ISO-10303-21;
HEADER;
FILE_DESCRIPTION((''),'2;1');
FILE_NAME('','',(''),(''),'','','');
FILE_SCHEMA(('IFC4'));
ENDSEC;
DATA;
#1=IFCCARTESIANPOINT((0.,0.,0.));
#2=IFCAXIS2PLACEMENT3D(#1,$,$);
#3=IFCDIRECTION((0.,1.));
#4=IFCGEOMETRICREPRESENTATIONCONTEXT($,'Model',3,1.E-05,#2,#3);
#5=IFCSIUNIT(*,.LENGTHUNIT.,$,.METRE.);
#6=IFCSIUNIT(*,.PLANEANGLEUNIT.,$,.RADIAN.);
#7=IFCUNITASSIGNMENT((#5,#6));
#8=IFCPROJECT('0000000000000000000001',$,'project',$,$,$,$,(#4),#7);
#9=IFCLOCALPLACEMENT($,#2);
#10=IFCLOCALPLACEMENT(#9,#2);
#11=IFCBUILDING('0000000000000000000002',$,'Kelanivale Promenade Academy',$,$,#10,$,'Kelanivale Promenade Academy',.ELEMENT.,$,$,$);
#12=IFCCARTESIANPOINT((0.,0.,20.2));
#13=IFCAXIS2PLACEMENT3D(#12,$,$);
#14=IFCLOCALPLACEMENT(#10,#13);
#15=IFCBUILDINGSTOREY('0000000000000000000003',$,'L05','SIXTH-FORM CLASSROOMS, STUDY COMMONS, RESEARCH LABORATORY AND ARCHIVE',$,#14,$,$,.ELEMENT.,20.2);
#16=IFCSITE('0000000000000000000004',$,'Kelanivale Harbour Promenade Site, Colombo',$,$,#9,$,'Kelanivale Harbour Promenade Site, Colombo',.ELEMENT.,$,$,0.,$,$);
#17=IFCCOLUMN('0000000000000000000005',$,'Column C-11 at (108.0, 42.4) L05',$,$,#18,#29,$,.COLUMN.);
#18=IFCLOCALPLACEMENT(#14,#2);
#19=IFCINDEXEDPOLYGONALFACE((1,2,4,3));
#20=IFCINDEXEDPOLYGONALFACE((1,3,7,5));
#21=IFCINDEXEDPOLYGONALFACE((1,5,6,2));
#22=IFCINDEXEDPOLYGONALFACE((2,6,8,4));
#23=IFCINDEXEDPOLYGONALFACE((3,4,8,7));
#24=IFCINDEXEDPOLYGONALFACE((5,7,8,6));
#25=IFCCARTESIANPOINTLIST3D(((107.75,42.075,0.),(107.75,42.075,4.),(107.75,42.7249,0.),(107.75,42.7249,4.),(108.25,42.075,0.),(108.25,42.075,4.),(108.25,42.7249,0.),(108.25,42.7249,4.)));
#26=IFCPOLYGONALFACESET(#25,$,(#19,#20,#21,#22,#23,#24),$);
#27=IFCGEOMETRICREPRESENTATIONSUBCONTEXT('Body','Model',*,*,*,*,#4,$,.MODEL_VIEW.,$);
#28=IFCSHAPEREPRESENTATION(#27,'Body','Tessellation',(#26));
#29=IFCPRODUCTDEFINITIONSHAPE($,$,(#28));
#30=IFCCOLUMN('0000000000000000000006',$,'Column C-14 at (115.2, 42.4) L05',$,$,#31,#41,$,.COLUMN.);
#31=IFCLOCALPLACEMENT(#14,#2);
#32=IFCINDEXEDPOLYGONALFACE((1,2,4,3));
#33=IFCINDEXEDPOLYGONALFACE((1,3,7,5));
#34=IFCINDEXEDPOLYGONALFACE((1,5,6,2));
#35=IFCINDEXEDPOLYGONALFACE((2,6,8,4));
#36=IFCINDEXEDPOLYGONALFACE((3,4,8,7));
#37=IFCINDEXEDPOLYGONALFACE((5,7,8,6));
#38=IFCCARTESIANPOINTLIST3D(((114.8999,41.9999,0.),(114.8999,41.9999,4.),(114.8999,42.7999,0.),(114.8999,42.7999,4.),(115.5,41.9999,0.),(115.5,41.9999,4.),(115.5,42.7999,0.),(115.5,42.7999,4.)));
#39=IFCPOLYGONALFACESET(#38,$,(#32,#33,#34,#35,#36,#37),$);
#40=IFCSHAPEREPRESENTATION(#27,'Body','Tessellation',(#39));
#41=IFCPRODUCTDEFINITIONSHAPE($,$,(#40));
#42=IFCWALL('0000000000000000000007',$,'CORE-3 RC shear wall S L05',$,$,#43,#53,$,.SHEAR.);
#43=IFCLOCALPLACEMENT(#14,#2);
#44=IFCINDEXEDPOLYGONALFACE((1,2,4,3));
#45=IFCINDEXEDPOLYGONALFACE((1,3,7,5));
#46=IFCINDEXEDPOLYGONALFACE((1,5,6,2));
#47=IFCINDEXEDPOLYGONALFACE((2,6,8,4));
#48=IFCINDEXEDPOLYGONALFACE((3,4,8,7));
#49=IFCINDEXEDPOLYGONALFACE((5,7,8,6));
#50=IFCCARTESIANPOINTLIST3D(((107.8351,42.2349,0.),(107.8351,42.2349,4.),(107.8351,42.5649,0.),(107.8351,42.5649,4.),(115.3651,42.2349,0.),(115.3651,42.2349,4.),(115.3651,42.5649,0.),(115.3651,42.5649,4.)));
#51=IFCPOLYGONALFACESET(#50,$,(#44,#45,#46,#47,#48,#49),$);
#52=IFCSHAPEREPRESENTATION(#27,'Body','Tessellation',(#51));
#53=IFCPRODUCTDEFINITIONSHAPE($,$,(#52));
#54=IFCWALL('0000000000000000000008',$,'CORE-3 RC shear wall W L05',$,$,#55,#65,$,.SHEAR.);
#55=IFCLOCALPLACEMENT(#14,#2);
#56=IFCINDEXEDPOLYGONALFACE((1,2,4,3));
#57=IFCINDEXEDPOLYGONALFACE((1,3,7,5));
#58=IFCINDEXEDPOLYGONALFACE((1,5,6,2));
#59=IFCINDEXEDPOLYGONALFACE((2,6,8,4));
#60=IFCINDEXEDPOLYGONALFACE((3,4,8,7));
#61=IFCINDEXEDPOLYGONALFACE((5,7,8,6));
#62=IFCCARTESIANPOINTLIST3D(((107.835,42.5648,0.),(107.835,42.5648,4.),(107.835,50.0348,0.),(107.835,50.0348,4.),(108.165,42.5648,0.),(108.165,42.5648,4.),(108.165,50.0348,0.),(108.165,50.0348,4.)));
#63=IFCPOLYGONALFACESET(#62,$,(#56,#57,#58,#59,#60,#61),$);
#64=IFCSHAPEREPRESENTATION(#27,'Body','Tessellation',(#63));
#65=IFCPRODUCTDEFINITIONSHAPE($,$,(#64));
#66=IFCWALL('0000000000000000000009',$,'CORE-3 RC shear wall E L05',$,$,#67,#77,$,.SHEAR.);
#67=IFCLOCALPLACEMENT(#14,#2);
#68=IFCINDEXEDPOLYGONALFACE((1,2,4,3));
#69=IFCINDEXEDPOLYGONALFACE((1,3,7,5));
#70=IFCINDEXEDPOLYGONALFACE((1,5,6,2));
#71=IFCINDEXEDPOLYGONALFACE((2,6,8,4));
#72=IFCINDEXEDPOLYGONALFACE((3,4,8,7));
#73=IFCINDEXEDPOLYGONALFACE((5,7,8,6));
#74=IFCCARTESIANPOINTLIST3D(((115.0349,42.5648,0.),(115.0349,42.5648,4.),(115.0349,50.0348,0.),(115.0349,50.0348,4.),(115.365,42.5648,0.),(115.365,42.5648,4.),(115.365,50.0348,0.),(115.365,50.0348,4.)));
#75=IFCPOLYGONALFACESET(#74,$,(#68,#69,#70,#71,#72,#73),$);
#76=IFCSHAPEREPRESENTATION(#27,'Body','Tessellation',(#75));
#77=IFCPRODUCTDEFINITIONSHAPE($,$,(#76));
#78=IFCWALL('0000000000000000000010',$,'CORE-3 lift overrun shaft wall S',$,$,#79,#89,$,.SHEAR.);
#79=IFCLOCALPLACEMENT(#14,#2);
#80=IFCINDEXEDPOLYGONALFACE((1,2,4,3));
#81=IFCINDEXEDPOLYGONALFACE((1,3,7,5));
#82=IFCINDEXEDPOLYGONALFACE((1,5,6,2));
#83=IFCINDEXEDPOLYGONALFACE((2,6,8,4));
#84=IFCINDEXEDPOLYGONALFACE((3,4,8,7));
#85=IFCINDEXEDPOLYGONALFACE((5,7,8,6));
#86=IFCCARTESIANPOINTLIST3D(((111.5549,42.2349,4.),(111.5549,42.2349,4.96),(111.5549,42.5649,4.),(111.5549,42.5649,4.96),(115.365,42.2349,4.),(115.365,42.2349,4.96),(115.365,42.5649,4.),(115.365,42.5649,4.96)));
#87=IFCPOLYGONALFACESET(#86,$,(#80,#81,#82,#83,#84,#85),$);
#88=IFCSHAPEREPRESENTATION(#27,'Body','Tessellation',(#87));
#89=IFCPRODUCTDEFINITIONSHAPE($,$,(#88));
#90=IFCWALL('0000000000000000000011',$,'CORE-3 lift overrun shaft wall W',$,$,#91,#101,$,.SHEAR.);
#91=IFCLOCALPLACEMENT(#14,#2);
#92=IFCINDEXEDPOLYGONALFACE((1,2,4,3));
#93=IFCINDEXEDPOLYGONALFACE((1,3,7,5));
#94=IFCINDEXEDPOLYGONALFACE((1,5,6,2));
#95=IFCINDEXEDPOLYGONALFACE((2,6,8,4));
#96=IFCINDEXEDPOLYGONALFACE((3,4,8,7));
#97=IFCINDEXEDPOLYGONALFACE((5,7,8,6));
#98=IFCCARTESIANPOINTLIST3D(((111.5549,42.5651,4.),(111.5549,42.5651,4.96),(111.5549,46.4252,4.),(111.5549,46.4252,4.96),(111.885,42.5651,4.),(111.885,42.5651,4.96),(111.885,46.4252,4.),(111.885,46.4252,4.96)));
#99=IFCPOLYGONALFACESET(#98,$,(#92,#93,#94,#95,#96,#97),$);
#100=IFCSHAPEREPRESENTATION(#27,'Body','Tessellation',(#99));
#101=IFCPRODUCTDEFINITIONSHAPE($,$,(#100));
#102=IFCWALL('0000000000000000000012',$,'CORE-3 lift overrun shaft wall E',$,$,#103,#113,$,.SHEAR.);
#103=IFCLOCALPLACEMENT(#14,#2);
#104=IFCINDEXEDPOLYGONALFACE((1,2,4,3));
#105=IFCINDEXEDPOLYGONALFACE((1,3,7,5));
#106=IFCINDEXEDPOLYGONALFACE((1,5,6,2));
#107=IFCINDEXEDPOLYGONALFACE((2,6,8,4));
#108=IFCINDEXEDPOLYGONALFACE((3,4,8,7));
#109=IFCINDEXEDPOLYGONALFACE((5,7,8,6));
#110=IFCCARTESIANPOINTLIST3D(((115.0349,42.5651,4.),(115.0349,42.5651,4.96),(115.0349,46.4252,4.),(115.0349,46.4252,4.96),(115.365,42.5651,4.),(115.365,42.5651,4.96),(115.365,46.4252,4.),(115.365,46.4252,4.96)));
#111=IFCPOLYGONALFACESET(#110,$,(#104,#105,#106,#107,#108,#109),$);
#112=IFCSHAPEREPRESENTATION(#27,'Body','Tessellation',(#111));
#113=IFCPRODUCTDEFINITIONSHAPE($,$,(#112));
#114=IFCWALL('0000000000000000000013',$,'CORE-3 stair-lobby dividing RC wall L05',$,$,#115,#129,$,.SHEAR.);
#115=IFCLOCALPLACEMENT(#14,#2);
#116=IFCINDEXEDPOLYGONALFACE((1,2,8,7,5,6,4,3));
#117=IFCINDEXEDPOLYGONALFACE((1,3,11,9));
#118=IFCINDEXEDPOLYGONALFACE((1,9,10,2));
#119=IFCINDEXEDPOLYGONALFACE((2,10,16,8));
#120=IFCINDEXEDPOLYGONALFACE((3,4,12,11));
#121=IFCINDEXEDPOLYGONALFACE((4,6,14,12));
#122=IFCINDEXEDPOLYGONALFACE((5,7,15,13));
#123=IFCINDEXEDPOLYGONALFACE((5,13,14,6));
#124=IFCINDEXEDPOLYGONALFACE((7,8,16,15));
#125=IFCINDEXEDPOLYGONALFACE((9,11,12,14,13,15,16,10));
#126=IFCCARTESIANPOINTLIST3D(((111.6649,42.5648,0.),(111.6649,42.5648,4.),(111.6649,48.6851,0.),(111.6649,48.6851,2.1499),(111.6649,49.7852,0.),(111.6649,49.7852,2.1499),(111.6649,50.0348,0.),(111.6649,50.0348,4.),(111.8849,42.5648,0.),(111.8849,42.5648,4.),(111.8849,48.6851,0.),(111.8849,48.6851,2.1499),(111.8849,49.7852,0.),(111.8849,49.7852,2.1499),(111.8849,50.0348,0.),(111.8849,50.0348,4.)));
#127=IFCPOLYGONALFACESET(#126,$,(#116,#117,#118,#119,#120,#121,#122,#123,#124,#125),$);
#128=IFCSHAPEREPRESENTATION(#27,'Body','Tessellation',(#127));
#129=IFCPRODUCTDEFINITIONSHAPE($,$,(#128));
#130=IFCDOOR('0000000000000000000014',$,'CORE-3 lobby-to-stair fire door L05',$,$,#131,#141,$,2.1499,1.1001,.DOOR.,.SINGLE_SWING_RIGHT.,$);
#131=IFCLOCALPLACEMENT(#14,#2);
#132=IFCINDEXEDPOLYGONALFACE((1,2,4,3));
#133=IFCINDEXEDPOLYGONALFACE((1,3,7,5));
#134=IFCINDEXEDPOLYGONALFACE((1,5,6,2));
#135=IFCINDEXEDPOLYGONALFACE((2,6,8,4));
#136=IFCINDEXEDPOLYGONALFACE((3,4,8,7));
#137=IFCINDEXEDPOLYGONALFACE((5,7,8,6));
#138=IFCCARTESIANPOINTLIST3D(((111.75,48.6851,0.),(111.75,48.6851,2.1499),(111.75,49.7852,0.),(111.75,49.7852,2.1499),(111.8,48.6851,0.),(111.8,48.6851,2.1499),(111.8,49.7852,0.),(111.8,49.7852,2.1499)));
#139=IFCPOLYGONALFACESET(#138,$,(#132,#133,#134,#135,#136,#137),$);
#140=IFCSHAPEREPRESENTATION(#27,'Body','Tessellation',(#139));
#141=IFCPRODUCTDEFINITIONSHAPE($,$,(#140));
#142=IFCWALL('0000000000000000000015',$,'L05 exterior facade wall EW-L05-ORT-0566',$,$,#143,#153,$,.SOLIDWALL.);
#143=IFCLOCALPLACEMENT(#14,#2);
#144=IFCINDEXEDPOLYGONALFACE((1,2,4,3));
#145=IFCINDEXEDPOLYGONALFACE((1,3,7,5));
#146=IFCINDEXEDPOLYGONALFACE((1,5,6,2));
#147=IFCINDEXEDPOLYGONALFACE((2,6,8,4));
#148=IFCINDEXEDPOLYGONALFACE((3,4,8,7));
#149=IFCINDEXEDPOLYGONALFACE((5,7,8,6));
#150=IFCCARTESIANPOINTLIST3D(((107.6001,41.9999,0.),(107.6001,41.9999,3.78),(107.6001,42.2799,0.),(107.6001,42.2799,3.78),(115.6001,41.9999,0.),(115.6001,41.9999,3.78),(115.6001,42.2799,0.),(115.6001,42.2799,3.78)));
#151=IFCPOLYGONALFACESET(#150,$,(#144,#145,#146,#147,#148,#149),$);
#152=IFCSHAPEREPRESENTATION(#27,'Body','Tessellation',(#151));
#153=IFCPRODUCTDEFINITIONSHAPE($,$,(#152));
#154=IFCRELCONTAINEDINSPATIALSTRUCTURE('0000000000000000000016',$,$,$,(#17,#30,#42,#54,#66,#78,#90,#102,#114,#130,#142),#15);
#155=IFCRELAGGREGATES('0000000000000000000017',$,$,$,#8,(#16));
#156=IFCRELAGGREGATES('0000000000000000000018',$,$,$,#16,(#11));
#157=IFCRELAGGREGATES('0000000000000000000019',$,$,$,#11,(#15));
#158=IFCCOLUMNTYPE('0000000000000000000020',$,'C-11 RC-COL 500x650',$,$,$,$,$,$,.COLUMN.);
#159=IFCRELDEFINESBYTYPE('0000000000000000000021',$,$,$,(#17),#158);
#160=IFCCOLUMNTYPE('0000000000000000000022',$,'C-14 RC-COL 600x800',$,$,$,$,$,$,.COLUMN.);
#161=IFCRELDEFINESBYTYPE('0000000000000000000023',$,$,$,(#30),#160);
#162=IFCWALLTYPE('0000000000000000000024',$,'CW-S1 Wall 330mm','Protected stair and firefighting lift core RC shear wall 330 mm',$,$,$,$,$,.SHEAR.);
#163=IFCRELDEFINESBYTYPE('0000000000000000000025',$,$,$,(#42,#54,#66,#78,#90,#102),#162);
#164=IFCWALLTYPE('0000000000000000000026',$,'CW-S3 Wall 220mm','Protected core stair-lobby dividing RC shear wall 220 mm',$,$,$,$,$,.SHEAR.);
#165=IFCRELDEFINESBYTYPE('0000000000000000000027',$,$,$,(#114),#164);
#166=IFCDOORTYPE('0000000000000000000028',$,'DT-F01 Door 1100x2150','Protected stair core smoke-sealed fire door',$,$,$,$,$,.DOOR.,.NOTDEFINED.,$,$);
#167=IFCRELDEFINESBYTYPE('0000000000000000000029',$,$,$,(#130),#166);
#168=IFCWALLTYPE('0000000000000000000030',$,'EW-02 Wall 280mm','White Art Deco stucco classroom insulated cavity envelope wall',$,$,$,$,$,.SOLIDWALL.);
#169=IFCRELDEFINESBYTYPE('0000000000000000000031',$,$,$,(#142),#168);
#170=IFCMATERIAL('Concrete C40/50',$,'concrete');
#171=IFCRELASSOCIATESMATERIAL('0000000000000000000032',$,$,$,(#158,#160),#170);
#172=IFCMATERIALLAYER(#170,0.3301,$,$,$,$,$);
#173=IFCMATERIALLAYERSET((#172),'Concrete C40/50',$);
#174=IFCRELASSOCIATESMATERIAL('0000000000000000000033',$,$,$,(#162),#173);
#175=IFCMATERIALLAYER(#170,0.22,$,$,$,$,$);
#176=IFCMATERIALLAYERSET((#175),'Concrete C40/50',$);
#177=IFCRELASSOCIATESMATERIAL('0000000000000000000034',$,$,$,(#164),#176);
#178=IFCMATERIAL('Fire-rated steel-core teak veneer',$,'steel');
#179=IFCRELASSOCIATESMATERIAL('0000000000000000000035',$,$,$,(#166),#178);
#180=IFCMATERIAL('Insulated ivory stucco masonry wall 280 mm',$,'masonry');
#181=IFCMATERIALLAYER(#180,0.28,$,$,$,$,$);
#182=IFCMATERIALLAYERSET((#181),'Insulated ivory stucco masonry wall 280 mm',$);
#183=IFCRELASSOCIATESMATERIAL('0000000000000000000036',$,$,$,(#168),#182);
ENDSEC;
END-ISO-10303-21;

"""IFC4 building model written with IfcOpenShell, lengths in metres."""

from ifc_helpers import new_model, si_unit, direction, frame, frame_2d, origin, origin_2d, place, context, subcontext, project, spatial, rectangle, extrude, material, layer, layer_set, material_profile, profile_set, type_object, element, fill, save


model = new_model("IFC4")

# Units and contexts
model_context = context("Model", 3, precision=1e-05, world=origin(), true_north=direction((0.0, 1.0)))
body_context = subcontext(model_context, "Body", "Model", "MODEL_VIEW")
ifc_project = project(units=[si_unit("LENGTHUNIT", "METRE"), si_unit("PLANEANGLEUNIT", "RADIAN")], contexts=[model_context])

# Site, building, storey
site_placement = place(None, origin())
site = spatial("IfcSite", under=ifc_project, at=site_placement, Name="Kelanivale Harbour Promenade Site, Colombo", LongName="Kelanivale Harbour Promenade Site, Colombo", CompositionType="ELEMENT", RefElevation=0.0)
building_placement = place(site_placement, origin())
building = spatial("IfcBuilding", under=site, at=building_placement, Name="Kelanivale Promenade Academy", LongName="Kelanivale Promenade Academy", CompositionType="ELEMENT")
storey_placement = place(building_placement, frame((0.0, 0.0, 20.2)))
storey = spatial("IfcBuildingStorey", under=building, at=storey_placement, Name="L05", Description="SIXTH-FORM CLASSROOMS, STUDY COMMONS, RESEARCH LABORATORY AND ARCHIVE", CompositionType="ELEMENT", Elevation=20.2)

# Columns
ifc_material_1 = material(Name="Concrete C40/50", Category="concrete")
ifc_material_profile_1 = material_profile(ifc_material_1, rectangle(XDim=0.5, YDim=0.6499, at=origin_2d()), Name="RC-COL 500x650")
ifc_profile_set_1 = profile_set([ifc_material_profile_1], Name="Concrete C40/50")
column_type_1 = type_object("IfcColumnType", Name="C-11 RC-COL 500x650", PredefinedType="COLUMN", material=ifc_profile_set_1)
column_1_placement = place(storey_placement, frame((108.0, 42.3999, 0.0), z_axis=(0.0, 0.0, 1.0), x_axis=(1.0, 0.0, 0.0)))
element("IfcColumn", 1, at=column_1_placement, inside=storey, type_object=column_type_1, Name="Column C-11 at (108.0, 42.4) L05", PredefinedType="COLUMN", context=body_context, shape_type="SweptSolid", body=[
    extrude(rectangle(XDim=0.5, YDim=0.6499, at=origin_2d()), origin(), (0.0, 0.0, 1.0), 4.0),
])
ifc_material_profile_2 = material_profile(ifc_material_1, rectangle(XDim=0.6001, YDim=0.8, at=origin_2d()), Name="RC-COL 600x800")
ifc_profile_set_2 = profile_set([ifc_material_profile_2], Name="Concrete C40/50")
column_type_2 = type_object("IfcColumnType", Name="C-14 RC-COL 600x800", PredefinedType="COLUMN", material=ifc_profile_set_2)
column_2_placement = place(storey_placement, frame((115.2, 42.3999, 0.0), z_axis=(0.0, 0.0, 1.0), x_axis=(1.0, 0.0, 0.0)))
element("IfcColumn", 2, at=column_2_placement, inside=storey, type_object=column_type_2, Name="Column C-14 at (115.2, 42.4) L05", PredefinedType="COLUMN", context=body_context, shape_type="SweptSolid", body=[
    extrude(rectangle(XDim=0.6001, YDim=0.8, at=origin_2d()), origin(), (0.0, 0.0, 1.0), 4.0),
])

# Walls
ifc_layer_1 = layer(ifc_material_1, 0.3301)
ifc_layer_set_1 = layer_set([ifc_layer_1], Name="Concrete C40/50")
wall_type_1 = type_object("IfcWallType", Name="CW-S1 Wall 330mm", Description="Protected stair and firefighting lift core RC shear wall 330 mm", PredefinedType="SHEAR", material=ifc_layer_set_1)
wall_1_placement = place(storey_placement, frame((107.835, 42.3999, 0.0), z_axis=(0.0, 0.0, 1.0), x_axis=(1.0, 0.0, 0.0)))
element("IfcWall", 3, at=wall_1_placement, inside=storey, type_object=wall_type_1, Name="CORE-3 RC shear wall S L05", PredefinedType="SHEAR", context=body_context, shape_type="SweptSolid", body=[
    extrude(rectangle(XDim=7.53, YDim=0.3301, at=frame_2d((3.7651, 0.0))), origin(), (0.0, 0.0, 1.0), 4.0),
])
for number, where, z_axis, x_axis, name in (
    (4, (108.0, 42.5649, 0.0), (0.0, 0.0, 1.0), (0.0, 1.0, 0.0), "CORE-3 RC shear wall W L05"),
    (5, (115.2, 42.5649, 0.0), (0.0, 0.0, 1.0), (0.0, 1.0, 0.0), "CORE-3 RC shear wall E L05"),
):
    element("IfcWall", number, at=place(storey_placement, frame(where, z_axis=z_axis, x_axis=x_axis)), inside=storey, type_object=wall_type_1, Name=name, PredefinedType="SHEAR", context=body_context, shape_type="SweptSolid", body=[
        extrude(rectangle(XDim=7.47, YDim=0.3301, at=frame_2d((3.7349, 0.0))), origin(), (0.0, 0.0, 1.0), 4.0),
    ])
wall_2_placement = place(storey_placement, frame((111.5549, 42.3999, 4.0), z_axis=(0.0, 0.0, 1.0), x_axis=(1.0, 0.0, 0.0)))
element("IfcWall", 6, at=wall_2_placement, inside=storey, type_object=wall_type_1, Name="CORE-3 lift overrun shaft wall S", PredefinedType="SHEAR", context=body_context, shape_type="SweptSolid", body=[
    extrude(rectangle(XDim=3.8101, YDim=0.3301, at=frame_2d((1.905, 0.0))), origin(), (0.0, 0.0, 1.0), 0.96),
])
for number, where, z_axis, x_axis, name in (
    (7, (111.72, 42.5649, 4.0), (0.0, 0.0, 1.0), (0.0, 1.0, 0.0), "CORE-3 lift overrun shaft wall W"),
    (8, (115.2, 42.5649, 4.0), (0.0, 0.0, 1.0), (0.0, 1.0, 0.0), "CORE-3 lift overrun shaft wall E"),
):
    element("IfcWall", number, at=place(storey_placement, frame(where, z_axis=z_axis, x_axis=x_axis)), inside=storey, type_object=wall_type_1, Name=name, PredefinedType="SHEAR", context=body_context, shape_type="SweptSolid", body=[
        extrude(rectangle(XDim=3.8601, YDim=0.3301, at=frame_2d((1.9302, 0.0))), origin(), (0.0, 0.0, 1.0), 0.96),
    ])

# Wall, opening, door
ifc_material_2 = material(Name="Fire-rated steel-core teak veneer", Category="steel")
ifc_layer_2 = layer(ifc_material_1, 0.22)
ifc_layer_set_2 = layer_set([ifc_layer_2], Name="Concrete C40/50")
wall_type_2 = type_object("IfcWallType", Name="CW-S3 Wall 220mm", Description="Protected core stair-lobby dividing RC shear wall 220 mm", PredefinedType="SHEAR", material=ifc_layer_set_2)
wall_3_placement = place(storey_placement, frame((111.7749, 42.5649, 0.0), z_axis=(0.0, 0.0, 1.0), x_axis=(0.0, 1.0, 0.0)))
wall_3 = element("IfcWall", 9, at=wall_3_placement, inside=storey, type_object=wall_type_2, Name="CORE-3 stair-lobby dividing RC wall L05", PredefinedType="SHEAR", context=body_context, shape_type="SweptSolid", body=[
    extrude(rectangle(XDim=7.47, YDim=0.22, at=frame_2d((3.7349, 0.0))), origin(), (0.0, 0.0, 1.0), 4.0),
])
opening_1_placement = place(wall_3_placement, frame((6.1201, 0.0, 0.0)))
opening_1 = element("IfcOpeningElement", 10, at=opening_1_placement, cuts=wall_3, PredefinedType="OPENING", context=body_context, shape_type="SweptSolid", body=[
    extrude(rectangle(XDim=1.1001, YDim=2.1499, at=frame_2d((0.55, 1.075))), frame((0.0, 0.1201, 0.0), z_axis=(0.0, -1.0, 0.0), x_axis=(1.0, 0.0, 0.0)), (0.0, 0.0, 1.0), 0.24),
])
door_type_1 = type_object("IfcDoorType", Name="DT-F01 Door 1100x2150", Description="Protected stair core smoke-sealed fire door", OperationType="NOTDEFINED", PredefinedType="DOOR", material=ifc_material_2)
door_1_placement = place(opening_1_placement, origin())
door_1 = element("IfcDoor", 11, at=door_1_placement, inside=storey, type_object=door_type_1, Name="CORE-3 lobby-to-stair fire door L05", OperationType="SINGLE_SWING_RIGHT", OverallHeight=2.1499, OverallWidth=1.1001, PredefinedType="DOOR", context=body_context, shape_type="SweptSolid", body=[
    extrude(rectangle(XDim=1.1001, YDim=2.1499, at=frame_2d((0.55, 1.075))), frame((0.0, 0.0249, 0.0), z_axis=(0.0, -1.0, 0.0), x_axis=(1.0, 0.0, 0.0)), (0.0, 0.0, 1.0), 0.05),
])
fill(opening_1, door_1)

# Wall
ifc_material_3 = material(Name="Insulated ivory stucco masonry wall 280 mm", Category="masonry")
ifc_layer_3 = layer(ifc_material_3, 0.28)
ifc_layer_set_3 = layer_set([ifc_layer_3], Name="Insulated ivory stucco masonry wall 280 mm")
wall_type_3 = type_object("IfcWallType", Name="EW-02 Wall 280mm", Description="White Art Deco stucco classroom insulated cavity envelope wall", PredefinedType="SOLIDWALL", material=ifc_layer_set_3)
wall_4_placement = place(storey_placement, frame((107.6001, 42.1399, 0.0), z_axis=(0.0, 0.0, 1.0), x_axis=(1.0, 0.0, 0.0)))
element("IfcWall", 12, at=wall_4_placement, inside=storey, type_object=wall_type_3, Name="L05 exterior facade wall EW-L05-ORT-0566", PredefinedType="SOLIDWALL", context=body_context, shape_type="SweptSolid", body=[
    extrude(rectangle(XDim=8.0, YDim=0.28, at=frame_2d((4.0, 0.0))), origin(), (0.0, 0.0, 1.0), 3.78),
])

save(model, "model.ifc")
